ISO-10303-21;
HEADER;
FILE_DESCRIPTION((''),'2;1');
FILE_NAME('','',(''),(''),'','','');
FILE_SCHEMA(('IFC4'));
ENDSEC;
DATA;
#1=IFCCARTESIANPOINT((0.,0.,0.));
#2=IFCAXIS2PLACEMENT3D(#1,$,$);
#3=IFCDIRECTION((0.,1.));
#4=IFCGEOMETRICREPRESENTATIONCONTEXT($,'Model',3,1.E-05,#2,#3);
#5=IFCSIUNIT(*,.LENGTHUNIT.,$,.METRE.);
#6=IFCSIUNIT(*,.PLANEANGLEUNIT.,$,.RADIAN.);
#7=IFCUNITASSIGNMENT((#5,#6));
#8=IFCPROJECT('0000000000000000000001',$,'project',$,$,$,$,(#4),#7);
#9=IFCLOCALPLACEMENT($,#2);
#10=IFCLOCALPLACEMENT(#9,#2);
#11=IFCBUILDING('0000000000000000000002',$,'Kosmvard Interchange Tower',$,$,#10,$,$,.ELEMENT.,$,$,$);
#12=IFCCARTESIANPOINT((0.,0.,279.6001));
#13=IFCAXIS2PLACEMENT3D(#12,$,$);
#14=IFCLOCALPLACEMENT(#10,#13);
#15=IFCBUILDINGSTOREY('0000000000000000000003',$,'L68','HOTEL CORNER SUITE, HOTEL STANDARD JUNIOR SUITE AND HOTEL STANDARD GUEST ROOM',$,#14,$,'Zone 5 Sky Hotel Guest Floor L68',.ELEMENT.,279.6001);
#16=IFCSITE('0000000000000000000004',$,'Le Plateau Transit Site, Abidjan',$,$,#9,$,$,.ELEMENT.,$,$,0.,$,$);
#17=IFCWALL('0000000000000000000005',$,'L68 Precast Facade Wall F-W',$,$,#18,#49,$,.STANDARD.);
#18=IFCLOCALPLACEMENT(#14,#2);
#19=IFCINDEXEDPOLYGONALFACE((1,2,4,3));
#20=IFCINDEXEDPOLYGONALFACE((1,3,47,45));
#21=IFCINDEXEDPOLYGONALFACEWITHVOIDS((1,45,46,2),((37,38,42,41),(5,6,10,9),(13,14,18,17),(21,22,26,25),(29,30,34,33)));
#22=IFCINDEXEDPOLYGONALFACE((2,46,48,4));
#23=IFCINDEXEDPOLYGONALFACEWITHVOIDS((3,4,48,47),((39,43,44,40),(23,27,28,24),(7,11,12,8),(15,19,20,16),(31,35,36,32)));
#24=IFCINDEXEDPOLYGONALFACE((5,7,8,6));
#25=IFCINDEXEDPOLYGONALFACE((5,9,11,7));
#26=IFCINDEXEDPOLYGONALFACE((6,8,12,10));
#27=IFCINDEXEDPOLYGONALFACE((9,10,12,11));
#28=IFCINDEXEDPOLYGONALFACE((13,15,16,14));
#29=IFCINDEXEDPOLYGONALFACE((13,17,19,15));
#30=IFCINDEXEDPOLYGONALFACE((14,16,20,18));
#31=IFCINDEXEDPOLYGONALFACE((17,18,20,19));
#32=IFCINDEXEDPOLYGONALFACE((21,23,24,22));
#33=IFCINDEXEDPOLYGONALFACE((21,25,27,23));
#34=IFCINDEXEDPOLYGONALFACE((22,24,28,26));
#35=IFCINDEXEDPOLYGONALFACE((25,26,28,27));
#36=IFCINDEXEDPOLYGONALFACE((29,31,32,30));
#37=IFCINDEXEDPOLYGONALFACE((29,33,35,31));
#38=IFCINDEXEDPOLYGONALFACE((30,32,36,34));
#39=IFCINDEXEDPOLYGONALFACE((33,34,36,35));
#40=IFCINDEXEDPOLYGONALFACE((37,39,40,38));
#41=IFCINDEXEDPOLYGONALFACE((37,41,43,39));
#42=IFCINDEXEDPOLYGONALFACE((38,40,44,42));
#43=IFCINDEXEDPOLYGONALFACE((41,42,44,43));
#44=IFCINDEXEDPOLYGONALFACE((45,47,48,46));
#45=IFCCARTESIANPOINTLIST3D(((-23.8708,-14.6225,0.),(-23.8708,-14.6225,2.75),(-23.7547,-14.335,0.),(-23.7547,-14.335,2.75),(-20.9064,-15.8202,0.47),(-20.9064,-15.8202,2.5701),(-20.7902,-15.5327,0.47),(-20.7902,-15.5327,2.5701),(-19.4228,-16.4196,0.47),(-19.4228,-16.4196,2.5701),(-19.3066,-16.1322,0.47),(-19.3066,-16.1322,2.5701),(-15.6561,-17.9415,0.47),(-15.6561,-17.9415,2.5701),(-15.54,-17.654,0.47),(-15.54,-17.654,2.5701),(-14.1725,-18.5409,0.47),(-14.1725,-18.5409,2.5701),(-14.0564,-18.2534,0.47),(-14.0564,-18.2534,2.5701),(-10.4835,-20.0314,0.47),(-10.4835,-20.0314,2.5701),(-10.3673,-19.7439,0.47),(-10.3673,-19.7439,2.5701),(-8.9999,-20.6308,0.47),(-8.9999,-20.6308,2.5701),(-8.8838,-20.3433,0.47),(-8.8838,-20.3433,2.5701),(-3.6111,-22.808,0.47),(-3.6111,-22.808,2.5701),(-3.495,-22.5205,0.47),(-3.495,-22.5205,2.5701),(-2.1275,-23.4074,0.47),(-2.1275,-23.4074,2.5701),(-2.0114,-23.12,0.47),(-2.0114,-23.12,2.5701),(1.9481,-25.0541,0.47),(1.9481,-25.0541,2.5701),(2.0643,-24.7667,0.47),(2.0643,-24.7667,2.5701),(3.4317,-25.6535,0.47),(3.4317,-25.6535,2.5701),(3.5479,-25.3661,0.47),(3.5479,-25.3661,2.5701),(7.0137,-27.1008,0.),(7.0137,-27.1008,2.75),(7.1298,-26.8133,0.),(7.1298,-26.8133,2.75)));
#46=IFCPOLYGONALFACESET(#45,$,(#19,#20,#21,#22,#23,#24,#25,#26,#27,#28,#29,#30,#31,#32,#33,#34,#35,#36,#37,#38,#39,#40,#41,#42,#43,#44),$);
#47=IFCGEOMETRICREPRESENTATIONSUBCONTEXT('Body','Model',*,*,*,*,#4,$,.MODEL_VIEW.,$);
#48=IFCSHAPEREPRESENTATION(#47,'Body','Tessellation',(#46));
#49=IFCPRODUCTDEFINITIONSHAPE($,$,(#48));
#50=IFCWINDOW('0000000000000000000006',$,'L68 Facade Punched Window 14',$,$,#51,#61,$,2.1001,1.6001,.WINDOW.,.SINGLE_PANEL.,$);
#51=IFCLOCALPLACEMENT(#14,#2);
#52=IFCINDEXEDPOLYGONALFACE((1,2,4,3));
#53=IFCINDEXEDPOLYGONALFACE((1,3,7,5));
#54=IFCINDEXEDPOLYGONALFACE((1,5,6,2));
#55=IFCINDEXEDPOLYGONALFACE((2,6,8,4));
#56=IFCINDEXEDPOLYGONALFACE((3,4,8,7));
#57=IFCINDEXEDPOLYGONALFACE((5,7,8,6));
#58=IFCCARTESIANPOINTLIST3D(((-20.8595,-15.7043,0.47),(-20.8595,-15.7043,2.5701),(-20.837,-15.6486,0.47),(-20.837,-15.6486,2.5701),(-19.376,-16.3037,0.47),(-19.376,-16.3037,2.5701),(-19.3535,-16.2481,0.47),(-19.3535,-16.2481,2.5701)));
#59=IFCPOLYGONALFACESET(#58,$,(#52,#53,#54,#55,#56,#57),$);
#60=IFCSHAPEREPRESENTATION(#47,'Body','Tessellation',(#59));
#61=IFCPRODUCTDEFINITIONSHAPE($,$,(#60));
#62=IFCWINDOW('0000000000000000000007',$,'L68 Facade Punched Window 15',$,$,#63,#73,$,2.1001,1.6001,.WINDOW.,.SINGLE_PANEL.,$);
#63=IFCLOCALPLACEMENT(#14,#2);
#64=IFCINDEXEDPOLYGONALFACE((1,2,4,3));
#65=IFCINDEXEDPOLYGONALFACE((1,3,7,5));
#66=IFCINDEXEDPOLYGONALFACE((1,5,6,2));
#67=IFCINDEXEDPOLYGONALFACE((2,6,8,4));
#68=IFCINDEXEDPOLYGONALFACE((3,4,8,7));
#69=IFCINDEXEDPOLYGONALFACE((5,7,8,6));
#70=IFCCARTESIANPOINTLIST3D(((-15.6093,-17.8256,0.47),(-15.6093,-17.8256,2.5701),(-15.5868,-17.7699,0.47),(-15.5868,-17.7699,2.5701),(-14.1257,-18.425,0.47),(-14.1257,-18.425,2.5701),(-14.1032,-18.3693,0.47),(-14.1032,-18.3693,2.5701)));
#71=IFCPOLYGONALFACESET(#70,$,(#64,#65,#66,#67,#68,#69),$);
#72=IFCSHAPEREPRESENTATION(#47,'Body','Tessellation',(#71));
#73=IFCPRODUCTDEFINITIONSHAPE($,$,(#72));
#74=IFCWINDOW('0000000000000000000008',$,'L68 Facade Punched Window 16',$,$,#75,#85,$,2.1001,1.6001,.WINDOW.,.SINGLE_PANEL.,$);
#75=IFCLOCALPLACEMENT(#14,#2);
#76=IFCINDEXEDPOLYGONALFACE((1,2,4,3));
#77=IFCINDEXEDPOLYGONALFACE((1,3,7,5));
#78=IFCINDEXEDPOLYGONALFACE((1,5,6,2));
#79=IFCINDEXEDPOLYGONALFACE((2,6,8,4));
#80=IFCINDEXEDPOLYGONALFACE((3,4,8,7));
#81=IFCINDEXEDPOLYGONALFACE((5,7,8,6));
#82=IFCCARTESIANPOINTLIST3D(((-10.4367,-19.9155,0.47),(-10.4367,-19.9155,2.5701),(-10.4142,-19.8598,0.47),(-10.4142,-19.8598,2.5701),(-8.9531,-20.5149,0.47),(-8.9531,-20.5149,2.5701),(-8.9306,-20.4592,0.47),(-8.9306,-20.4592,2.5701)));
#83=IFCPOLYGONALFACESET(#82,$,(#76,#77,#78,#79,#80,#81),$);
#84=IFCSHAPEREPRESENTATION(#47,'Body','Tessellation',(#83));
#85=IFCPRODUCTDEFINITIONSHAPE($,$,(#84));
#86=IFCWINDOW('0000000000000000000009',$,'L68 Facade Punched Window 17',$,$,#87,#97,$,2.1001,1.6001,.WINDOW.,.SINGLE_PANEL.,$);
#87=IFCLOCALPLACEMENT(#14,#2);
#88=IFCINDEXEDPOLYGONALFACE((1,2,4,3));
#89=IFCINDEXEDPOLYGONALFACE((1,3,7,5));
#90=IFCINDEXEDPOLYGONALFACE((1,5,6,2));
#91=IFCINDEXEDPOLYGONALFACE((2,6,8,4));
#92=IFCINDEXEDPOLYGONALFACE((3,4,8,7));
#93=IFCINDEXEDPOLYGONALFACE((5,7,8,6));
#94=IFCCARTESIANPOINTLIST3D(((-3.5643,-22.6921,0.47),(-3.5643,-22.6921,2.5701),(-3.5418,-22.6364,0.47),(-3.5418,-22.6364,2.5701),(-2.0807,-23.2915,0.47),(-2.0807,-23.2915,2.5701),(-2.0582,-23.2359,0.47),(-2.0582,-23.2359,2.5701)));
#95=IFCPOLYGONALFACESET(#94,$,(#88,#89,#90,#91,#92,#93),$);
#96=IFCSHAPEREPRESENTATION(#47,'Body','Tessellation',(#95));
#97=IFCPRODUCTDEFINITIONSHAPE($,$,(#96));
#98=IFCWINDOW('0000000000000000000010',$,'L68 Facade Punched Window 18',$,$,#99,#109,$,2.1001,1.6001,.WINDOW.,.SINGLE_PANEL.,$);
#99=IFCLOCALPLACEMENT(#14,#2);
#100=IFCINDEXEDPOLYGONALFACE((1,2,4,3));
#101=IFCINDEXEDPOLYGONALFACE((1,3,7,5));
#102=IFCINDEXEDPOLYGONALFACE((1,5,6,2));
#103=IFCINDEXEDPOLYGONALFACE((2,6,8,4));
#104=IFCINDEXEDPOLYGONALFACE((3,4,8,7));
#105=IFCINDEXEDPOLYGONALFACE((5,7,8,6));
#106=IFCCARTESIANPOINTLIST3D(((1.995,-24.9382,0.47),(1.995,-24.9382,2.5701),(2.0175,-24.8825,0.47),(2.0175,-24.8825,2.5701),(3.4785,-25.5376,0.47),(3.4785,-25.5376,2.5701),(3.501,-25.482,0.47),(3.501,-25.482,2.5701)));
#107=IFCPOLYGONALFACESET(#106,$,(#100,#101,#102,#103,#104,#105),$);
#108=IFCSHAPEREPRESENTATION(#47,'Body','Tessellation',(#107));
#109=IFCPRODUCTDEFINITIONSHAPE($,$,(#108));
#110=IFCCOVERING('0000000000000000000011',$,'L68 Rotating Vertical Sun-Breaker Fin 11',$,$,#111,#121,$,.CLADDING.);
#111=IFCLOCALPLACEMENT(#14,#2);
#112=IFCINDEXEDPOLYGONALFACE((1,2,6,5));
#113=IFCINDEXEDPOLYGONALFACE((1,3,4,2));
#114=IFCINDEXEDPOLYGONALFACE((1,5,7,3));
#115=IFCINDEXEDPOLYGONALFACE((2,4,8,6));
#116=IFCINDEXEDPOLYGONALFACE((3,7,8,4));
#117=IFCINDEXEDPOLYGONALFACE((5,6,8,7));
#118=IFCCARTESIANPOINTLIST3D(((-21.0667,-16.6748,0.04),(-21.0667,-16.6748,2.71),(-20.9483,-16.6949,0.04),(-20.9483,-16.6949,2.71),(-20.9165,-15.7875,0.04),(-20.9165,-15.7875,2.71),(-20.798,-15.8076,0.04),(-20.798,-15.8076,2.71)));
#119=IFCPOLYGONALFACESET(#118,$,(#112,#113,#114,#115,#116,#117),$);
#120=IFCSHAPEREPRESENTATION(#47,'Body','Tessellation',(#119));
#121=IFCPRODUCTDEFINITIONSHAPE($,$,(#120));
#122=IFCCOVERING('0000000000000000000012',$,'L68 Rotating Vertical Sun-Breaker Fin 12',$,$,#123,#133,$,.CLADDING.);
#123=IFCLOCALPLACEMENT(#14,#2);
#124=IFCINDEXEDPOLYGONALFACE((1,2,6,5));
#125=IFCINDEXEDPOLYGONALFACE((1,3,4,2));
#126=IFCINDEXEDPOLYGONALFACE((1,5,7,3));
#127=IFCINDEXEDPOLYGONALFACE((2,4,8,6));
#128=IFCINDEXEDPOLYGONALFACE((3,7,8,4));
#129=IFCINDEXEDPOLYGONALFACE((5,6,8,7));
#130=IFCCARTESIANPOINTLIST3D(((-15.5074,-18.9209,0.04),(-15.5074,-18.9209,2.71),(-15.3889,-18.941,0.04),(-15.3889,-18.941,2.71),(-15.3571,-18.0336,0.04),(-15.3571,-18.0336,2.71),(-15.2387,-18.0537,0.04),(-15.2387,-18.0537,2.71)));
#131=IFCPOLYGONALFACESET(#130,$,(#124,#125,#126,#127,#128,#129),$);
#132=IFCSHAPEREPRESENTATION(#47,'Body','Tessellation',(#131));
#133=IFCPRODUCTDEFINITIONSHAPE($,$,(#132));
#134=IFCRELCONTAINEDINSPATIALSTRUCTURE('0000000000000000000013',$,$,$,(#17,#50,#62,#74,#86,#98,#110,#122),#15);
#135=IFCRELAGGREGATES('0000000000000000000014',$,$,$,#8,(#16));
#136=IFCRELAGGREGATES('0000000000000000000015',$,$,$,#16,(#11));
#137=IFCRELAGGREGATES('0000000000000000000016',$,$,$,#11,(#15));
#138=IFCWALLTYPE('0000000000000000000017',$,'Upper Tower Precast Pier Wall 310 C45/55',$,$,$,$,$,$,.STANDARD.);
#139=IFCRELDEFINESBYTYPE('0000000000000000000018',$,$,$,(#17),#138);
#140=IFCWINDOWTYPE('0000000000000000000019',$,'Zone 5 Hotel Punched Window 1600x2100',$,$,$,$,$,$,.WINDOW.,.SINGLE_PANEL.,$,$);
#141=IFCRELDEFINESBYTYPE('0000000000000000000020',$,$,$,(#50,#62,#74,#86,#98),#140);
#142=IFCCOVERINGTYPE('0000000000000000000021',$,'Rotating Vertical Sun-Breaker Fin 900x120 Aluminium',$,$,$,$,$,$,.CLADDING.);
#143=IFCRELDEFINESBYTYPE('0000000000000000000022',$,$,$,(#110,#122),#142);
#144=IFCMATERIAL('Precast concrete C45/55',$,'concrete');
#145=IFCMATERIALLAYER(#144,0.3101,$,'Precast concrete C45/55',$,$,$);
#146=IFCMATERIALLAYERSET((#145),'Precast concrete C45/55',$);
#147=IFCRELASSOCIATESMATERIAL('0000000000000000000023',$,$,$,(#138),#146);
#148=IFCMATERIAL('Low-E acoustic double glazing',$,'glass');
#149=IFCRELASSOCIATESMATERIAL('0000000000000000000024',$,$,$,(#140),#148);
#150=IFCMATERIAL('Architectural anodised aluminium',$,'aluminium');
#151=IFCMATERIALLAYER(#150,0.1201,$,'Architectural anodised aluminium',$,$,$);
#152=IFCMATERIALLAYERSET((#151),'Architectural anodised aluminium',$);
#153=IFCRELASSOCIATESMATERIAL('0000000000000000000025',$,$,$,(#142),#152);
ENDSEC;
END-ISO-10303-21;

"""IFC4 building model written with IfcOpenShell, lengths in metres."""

from ifc_helpers import new_model, si_unit, direction, frame, frame_2d, origin, origin_2d, place, context, subcontext, project, spatial, rectangle, extrude, source, transform, mapped, material, layer, layer_set, type_object, element, fill, save


model = new_model("IFC4")

# Units and contexts
model_context = context("Model", 3, precision=1e-05, world=origin(), true_north=direction((0.0, 1.0)))
body_context = subcontext(model_context, "Body", "Model", "MODEL_VIEW")
ifc_project = project(units=[si_unit("LENGTHUNIT", "METRE"), si_unit("PLANEANGLEUNIT", "RADIAN")], contexts=[model_context])

# Site, building, storey
site_placement = place(None, origin())
site = spatial("IfcSite", under=ifc_project, at=site_placement, Name="Le Plateau Transit Site, Abidjan", CompositionType="ELEMENT", RefElevation=0.0)
building_placement = place(site_placement, origin())
building = spatial("IfcBuilding", under=site, at=building_placement, Name="Kosmvard Interchange Tower", CompositionType="ELEMENT")
storey_placement = place(building_placement, frame((0.0, 0.0, 279.6001)))
storey = spatial("IfcBuildingStorey", under=building, at=storey_placement, Name="L68", Description="HOTEL CORNER SUITE, HOTEL STANDARD JUNIOR SUITE AND HOTEL STANDARD GUEST ROOM", LongName="Zone 5 Sky Hotel Guest Floor L68", CompositionType="ELEMENT", Elevation=279.6001)

# Shared definitions
ifc_material_1 = material(Name="Precast concrete C45/55", Category="concrete")
ifc_layer_1 = layer(ifc_material_1, 0.3101, Name="Precast concrete C45/55")
ifc_layer_set_1 = layer_set([ifc_layer_1], Name="Precast concrete C45/55")
wall_type = type_object("IfcWallType", Name="Upper Tower Precast Pier Wall 310 C45/55", PredefinedType="STANDARD", material=ifc_layer_set_1)
ifc_material_2 = material(Name="Low-E acoustic double glazing", Category="glass")
window_type = type_object("IfcWindowType", Name="Zone 5 Hotel Punched Window 1600x2100", PartitioningType="SINGLE_PANEL", PredefinedType="WINDOW", material=ifc_material_2)
shared_shape_1 = source(origin(), body_context, "Body", "SweptSolid", [
    extrude(rectangle(XDim=1.6001, YDim=2.1001, at=frame_2d((0.8, 1.05))), frame((0.0, 0.03, 0.0), z_axis=(0.0, -1.0, 0.0), x_axis=(1.0, 0.0, 0.0)), (0.0, 0.0, 1.0), 0.0601),
])

# Wall, openings, windows
wall_1_placement = place(storey_placement, frame((-23.8127, -14.4788, 0.0), z_axis=(0.0, 0.0, 1.0), x_axis=(0.927183, -0.37461, 0.0)))
wall_1 = element("IfcWall", 1, at=wall_1_placement, inside=storey, type_object=wall_type, Name="L68 Precast Facade Wall F-W", PredefinedType="STANDARD", context=body_context, shape_type="SweptSolid", body=[
    extrude(rectangle(XDim=33.3101, YDim=0.3101, at=frame_2d((16.655, 0.0))), origin(), (0.0, 0.0, 1.0), 2.75),
])
opening_1_placement = place(wall_1_placement, frame((3.1973, 0.0, 0.47)))
opening_1 = element("IfcOpeningElement", 2, at=opening_1_placement, cuts=wall_1, PredefinedType="OPENING", context=body_context, shape_type="SweptSolid", body=[
    extrude(rectangle(XDim=1.6001, YDim=2.1001, at=frame_2d((0.8, 1.05))), frame((0.0, 0.165, 0.0), z_axis=(0.0, -1.0, 0.0), x_axis=(1.0, 0.0, 0.0)), (0.0, 0.0, 1.0), 0.3301),
])
opening_2_placement = place(wall_1_placement, frame((8.8599, 0.0, 0.47)))
opening_2 = element("IfcOpeningElement", 3, at=opening_2_placement, cuts=wall_1, PredefinedType="OPENING", context=body_context, shape_type="SweptSolid", body=[
    extrude(rectangle(XDim=1.6001, YDim=2.1001, at=frame_2d((0.8, 1.05))), frame((0.0, 0.165, 0.0), z_axis=(0.0, -1.0, 0.0), x_axis=(1.0, 0.0, 0.0)), (0.0, 0.0, 1.0), 0.3301),
])
opening_3_placement = place(wall_1_placement, frame((14.4387, 0.0, 0.47)))
opening_3 = element("IfcOpeningElement", 4, at=opening_3_placement, cuts=wall_1, PredefinedType="OPENING", context=body_context, shape_type="SweptSolid", body=[
    extrude(rectangle(XDim=1.6001, YDim=2.1001, at=frame_2d((0.8, 1.05))), frame((0.0, 0.165, 0.0), z_axis=(0.0, -1.0, 0.0), x_axis=(1.0, 0.0, 0.0)), (0.0, 0.0, 1.0), 0.3301),
])
opening_4_placement = place(wall_1_placement, frame((21.8508, 0.0, 0.47)))
opening_4 = element("IfcOpeningElement", 5, at=opening_4_placement, cuts=wall_1, PredefinedType="OPENING", context=body_context, shape_type="SweptSolid", body=[
    extrude(rectangle(XDim=1.6001, YDim=2.1001, at=frame_2d((0.8, 1.05))), frame((0.0, 0.165, 0.0), z_axis=(0.0, -1.0, 0.0), x_axis=(1.0, 0.0, 0.0)), (0.0, 0.0, 1.0), 0.3301),
])
opening_5_placement = place(wall_1_placement, frame((27.8467, 0.0, 0.47)))
opening_5 = element("IfcOpeningElement", 6, at=opening_5_placement, cuts=wall_1, PredefinedType="OPENING", context=body_context, shape_type="SweptSolid", body=[
    extrude(rectangle(XDim=1.6001, YDim=2.1001, at=frame_2d((0.8, 1.05))), frame((0.0, 0.165, 0.0), z_axis=(0.0, -1.0, 0.0), x_axis=(1.0, 0.0, 0.0)), (0.0, 0.0, 1.0), 0.3301),
])
window_1_placement = place(opening_1_placement, origin())
window_1 = element("IfcWindow", 7, at=window_1_placement, inside=storey, type_object=window_type, Name="L68 Facade Punched Window 14", OverallHeight=2.1001, OverallWidth=1.6001, PartitioningType="SINGLE_PANEL", PredefinedType="WINDOW", context=body_context, shape_type="MappedRepresentation", body=[
    mapped(shared_shape_1, transform((0.0, 0.0, 0.0), scale=1.0)),
])
fill(opening_1, window_1)
window_2_placement = place(opening_2_placement, origin())
window_2 = element("IfcWindow", 8, at=window_2_placement, inside=storey, type_object=window_type, Name="L68 Facade Punched Window 15", OverallHeight=2.1001, OverallWidth=1.6001, PartitioningType="SINGLE_PANEL", PredefinedType="WINDOW", context=body_context, shape_type="MappedRepresentation", body=[
    mapped(shared_shape_1, transform((0.0, 0.0, 0.0), scale=1.0)),
])
fill(opening_2, window_2)
window_3_placement = place(opening_3_placement, origin())
window_3 = element("IfcWindow", 9, at=window_3_placement, inside=storey, type_object=window_type, Name="L68 Facade Punched Window 16", OverallHeight=2.1001, OverallWidth=1.6001, PartitioningType="SINGLE_PANEL", PredefinedType="WINDOW", context=body_context, shape_type="MappedRepresentation", body=[
    mapped(shared_shape_1, transform((0.0, 0.0, 0.0), scale=1.0)),
])
fill(opening_3, window_3)
window_4_placement = place(opening_4_placement, origin())
window_4 = element("IfcWindow", 10, at=window_4_placement, inside=storey, type_object=window_type, Name="L68 Facade Punched Window 17", OverallHeight=2.1001, OverallWidth=1.6001, PartitioningType="SINGLE_PANEL", PredefinedType="WINDOW", context=body_context, shape_type="MappedRepresentation", body=[
    mapped(shared_shape_1, transform((0.0, 0.0, 0.0), scale=1.0)),
])
fill(opening_4, window_4)
window_5_placement = place(opening_5_placement, origin())
window_5 = element("IfcWindow", 11, at=window_5_placement, inside=storey, type_object=window_type, Name="L68 Facade Punched Window 18", OverallHeight=2.1001, OverallWidth=1.6001, PartitioningType="SINGLE_PANEL", PredefinedType="WINDOW", context=body_context, shape_type="MappedRepresentation", body=[
    mapped(shared_shape_1, transform((0.0, 0.0, 0.0), scale=1.0)),
])
fill(opening_5, window_5)

# Coverings
ifc_material_3 = material(Name="Architectural anodised aluminium", Category="aluminium")
ifc_layer_2 = layer(ifc_material_3, 0.1201, Name="Architectural anodised aluminium")
ifc_layer_set_2 = layer_set([ifc_layer_2], Name="Architectural anodised aluminium")
covering_type = type_object("IfcCoveringType", Name="Rotating Vertical Sun-Breaker Fin 900x120 Aluminium", PredefinedType="CLADDING", material=ifc_layer_set_2)
shared_shape_2 = source(origin(), body_context, "Body", "SweptSolid", [
    extrude(rectangle(XDim=0.8999, YDim=0.1201, at=origin_2d()), origin(), (0.0, 0.0, 1.0), 2.6699),
])
for number, where, z_axis, x_axis, name in (
    (12, (-20.9324, -16.2412, 0.04), (0.0, 0.0, 1.0), (-0.166941, -0.985967, 0.0), "L68 Rotating Vertical Sun-Breaker Fin 11"),
    (13, (-15.373, -18.4873, 0.04), (0.0, 0.0, 1.0), (-0.166941, -0.985967, 0.0), "L68 Rotating Vertical Sun-Breaker Fin 12"),
):
    element("IfcCovering", number, at=place(storey_placement, frame(where, z_axis=z_axis, x_axis=x_axis)), inside=storey, type_object=covering_type, Name=name, PredefinedType="CLADDING", context=body_context, shape_type="MappedRepresentation", body=[
        mapped(shared_shape_2, transform((0.0, 0.0, 0.0), scale=1.0)),
    ])

save(model, "model.ifc")
